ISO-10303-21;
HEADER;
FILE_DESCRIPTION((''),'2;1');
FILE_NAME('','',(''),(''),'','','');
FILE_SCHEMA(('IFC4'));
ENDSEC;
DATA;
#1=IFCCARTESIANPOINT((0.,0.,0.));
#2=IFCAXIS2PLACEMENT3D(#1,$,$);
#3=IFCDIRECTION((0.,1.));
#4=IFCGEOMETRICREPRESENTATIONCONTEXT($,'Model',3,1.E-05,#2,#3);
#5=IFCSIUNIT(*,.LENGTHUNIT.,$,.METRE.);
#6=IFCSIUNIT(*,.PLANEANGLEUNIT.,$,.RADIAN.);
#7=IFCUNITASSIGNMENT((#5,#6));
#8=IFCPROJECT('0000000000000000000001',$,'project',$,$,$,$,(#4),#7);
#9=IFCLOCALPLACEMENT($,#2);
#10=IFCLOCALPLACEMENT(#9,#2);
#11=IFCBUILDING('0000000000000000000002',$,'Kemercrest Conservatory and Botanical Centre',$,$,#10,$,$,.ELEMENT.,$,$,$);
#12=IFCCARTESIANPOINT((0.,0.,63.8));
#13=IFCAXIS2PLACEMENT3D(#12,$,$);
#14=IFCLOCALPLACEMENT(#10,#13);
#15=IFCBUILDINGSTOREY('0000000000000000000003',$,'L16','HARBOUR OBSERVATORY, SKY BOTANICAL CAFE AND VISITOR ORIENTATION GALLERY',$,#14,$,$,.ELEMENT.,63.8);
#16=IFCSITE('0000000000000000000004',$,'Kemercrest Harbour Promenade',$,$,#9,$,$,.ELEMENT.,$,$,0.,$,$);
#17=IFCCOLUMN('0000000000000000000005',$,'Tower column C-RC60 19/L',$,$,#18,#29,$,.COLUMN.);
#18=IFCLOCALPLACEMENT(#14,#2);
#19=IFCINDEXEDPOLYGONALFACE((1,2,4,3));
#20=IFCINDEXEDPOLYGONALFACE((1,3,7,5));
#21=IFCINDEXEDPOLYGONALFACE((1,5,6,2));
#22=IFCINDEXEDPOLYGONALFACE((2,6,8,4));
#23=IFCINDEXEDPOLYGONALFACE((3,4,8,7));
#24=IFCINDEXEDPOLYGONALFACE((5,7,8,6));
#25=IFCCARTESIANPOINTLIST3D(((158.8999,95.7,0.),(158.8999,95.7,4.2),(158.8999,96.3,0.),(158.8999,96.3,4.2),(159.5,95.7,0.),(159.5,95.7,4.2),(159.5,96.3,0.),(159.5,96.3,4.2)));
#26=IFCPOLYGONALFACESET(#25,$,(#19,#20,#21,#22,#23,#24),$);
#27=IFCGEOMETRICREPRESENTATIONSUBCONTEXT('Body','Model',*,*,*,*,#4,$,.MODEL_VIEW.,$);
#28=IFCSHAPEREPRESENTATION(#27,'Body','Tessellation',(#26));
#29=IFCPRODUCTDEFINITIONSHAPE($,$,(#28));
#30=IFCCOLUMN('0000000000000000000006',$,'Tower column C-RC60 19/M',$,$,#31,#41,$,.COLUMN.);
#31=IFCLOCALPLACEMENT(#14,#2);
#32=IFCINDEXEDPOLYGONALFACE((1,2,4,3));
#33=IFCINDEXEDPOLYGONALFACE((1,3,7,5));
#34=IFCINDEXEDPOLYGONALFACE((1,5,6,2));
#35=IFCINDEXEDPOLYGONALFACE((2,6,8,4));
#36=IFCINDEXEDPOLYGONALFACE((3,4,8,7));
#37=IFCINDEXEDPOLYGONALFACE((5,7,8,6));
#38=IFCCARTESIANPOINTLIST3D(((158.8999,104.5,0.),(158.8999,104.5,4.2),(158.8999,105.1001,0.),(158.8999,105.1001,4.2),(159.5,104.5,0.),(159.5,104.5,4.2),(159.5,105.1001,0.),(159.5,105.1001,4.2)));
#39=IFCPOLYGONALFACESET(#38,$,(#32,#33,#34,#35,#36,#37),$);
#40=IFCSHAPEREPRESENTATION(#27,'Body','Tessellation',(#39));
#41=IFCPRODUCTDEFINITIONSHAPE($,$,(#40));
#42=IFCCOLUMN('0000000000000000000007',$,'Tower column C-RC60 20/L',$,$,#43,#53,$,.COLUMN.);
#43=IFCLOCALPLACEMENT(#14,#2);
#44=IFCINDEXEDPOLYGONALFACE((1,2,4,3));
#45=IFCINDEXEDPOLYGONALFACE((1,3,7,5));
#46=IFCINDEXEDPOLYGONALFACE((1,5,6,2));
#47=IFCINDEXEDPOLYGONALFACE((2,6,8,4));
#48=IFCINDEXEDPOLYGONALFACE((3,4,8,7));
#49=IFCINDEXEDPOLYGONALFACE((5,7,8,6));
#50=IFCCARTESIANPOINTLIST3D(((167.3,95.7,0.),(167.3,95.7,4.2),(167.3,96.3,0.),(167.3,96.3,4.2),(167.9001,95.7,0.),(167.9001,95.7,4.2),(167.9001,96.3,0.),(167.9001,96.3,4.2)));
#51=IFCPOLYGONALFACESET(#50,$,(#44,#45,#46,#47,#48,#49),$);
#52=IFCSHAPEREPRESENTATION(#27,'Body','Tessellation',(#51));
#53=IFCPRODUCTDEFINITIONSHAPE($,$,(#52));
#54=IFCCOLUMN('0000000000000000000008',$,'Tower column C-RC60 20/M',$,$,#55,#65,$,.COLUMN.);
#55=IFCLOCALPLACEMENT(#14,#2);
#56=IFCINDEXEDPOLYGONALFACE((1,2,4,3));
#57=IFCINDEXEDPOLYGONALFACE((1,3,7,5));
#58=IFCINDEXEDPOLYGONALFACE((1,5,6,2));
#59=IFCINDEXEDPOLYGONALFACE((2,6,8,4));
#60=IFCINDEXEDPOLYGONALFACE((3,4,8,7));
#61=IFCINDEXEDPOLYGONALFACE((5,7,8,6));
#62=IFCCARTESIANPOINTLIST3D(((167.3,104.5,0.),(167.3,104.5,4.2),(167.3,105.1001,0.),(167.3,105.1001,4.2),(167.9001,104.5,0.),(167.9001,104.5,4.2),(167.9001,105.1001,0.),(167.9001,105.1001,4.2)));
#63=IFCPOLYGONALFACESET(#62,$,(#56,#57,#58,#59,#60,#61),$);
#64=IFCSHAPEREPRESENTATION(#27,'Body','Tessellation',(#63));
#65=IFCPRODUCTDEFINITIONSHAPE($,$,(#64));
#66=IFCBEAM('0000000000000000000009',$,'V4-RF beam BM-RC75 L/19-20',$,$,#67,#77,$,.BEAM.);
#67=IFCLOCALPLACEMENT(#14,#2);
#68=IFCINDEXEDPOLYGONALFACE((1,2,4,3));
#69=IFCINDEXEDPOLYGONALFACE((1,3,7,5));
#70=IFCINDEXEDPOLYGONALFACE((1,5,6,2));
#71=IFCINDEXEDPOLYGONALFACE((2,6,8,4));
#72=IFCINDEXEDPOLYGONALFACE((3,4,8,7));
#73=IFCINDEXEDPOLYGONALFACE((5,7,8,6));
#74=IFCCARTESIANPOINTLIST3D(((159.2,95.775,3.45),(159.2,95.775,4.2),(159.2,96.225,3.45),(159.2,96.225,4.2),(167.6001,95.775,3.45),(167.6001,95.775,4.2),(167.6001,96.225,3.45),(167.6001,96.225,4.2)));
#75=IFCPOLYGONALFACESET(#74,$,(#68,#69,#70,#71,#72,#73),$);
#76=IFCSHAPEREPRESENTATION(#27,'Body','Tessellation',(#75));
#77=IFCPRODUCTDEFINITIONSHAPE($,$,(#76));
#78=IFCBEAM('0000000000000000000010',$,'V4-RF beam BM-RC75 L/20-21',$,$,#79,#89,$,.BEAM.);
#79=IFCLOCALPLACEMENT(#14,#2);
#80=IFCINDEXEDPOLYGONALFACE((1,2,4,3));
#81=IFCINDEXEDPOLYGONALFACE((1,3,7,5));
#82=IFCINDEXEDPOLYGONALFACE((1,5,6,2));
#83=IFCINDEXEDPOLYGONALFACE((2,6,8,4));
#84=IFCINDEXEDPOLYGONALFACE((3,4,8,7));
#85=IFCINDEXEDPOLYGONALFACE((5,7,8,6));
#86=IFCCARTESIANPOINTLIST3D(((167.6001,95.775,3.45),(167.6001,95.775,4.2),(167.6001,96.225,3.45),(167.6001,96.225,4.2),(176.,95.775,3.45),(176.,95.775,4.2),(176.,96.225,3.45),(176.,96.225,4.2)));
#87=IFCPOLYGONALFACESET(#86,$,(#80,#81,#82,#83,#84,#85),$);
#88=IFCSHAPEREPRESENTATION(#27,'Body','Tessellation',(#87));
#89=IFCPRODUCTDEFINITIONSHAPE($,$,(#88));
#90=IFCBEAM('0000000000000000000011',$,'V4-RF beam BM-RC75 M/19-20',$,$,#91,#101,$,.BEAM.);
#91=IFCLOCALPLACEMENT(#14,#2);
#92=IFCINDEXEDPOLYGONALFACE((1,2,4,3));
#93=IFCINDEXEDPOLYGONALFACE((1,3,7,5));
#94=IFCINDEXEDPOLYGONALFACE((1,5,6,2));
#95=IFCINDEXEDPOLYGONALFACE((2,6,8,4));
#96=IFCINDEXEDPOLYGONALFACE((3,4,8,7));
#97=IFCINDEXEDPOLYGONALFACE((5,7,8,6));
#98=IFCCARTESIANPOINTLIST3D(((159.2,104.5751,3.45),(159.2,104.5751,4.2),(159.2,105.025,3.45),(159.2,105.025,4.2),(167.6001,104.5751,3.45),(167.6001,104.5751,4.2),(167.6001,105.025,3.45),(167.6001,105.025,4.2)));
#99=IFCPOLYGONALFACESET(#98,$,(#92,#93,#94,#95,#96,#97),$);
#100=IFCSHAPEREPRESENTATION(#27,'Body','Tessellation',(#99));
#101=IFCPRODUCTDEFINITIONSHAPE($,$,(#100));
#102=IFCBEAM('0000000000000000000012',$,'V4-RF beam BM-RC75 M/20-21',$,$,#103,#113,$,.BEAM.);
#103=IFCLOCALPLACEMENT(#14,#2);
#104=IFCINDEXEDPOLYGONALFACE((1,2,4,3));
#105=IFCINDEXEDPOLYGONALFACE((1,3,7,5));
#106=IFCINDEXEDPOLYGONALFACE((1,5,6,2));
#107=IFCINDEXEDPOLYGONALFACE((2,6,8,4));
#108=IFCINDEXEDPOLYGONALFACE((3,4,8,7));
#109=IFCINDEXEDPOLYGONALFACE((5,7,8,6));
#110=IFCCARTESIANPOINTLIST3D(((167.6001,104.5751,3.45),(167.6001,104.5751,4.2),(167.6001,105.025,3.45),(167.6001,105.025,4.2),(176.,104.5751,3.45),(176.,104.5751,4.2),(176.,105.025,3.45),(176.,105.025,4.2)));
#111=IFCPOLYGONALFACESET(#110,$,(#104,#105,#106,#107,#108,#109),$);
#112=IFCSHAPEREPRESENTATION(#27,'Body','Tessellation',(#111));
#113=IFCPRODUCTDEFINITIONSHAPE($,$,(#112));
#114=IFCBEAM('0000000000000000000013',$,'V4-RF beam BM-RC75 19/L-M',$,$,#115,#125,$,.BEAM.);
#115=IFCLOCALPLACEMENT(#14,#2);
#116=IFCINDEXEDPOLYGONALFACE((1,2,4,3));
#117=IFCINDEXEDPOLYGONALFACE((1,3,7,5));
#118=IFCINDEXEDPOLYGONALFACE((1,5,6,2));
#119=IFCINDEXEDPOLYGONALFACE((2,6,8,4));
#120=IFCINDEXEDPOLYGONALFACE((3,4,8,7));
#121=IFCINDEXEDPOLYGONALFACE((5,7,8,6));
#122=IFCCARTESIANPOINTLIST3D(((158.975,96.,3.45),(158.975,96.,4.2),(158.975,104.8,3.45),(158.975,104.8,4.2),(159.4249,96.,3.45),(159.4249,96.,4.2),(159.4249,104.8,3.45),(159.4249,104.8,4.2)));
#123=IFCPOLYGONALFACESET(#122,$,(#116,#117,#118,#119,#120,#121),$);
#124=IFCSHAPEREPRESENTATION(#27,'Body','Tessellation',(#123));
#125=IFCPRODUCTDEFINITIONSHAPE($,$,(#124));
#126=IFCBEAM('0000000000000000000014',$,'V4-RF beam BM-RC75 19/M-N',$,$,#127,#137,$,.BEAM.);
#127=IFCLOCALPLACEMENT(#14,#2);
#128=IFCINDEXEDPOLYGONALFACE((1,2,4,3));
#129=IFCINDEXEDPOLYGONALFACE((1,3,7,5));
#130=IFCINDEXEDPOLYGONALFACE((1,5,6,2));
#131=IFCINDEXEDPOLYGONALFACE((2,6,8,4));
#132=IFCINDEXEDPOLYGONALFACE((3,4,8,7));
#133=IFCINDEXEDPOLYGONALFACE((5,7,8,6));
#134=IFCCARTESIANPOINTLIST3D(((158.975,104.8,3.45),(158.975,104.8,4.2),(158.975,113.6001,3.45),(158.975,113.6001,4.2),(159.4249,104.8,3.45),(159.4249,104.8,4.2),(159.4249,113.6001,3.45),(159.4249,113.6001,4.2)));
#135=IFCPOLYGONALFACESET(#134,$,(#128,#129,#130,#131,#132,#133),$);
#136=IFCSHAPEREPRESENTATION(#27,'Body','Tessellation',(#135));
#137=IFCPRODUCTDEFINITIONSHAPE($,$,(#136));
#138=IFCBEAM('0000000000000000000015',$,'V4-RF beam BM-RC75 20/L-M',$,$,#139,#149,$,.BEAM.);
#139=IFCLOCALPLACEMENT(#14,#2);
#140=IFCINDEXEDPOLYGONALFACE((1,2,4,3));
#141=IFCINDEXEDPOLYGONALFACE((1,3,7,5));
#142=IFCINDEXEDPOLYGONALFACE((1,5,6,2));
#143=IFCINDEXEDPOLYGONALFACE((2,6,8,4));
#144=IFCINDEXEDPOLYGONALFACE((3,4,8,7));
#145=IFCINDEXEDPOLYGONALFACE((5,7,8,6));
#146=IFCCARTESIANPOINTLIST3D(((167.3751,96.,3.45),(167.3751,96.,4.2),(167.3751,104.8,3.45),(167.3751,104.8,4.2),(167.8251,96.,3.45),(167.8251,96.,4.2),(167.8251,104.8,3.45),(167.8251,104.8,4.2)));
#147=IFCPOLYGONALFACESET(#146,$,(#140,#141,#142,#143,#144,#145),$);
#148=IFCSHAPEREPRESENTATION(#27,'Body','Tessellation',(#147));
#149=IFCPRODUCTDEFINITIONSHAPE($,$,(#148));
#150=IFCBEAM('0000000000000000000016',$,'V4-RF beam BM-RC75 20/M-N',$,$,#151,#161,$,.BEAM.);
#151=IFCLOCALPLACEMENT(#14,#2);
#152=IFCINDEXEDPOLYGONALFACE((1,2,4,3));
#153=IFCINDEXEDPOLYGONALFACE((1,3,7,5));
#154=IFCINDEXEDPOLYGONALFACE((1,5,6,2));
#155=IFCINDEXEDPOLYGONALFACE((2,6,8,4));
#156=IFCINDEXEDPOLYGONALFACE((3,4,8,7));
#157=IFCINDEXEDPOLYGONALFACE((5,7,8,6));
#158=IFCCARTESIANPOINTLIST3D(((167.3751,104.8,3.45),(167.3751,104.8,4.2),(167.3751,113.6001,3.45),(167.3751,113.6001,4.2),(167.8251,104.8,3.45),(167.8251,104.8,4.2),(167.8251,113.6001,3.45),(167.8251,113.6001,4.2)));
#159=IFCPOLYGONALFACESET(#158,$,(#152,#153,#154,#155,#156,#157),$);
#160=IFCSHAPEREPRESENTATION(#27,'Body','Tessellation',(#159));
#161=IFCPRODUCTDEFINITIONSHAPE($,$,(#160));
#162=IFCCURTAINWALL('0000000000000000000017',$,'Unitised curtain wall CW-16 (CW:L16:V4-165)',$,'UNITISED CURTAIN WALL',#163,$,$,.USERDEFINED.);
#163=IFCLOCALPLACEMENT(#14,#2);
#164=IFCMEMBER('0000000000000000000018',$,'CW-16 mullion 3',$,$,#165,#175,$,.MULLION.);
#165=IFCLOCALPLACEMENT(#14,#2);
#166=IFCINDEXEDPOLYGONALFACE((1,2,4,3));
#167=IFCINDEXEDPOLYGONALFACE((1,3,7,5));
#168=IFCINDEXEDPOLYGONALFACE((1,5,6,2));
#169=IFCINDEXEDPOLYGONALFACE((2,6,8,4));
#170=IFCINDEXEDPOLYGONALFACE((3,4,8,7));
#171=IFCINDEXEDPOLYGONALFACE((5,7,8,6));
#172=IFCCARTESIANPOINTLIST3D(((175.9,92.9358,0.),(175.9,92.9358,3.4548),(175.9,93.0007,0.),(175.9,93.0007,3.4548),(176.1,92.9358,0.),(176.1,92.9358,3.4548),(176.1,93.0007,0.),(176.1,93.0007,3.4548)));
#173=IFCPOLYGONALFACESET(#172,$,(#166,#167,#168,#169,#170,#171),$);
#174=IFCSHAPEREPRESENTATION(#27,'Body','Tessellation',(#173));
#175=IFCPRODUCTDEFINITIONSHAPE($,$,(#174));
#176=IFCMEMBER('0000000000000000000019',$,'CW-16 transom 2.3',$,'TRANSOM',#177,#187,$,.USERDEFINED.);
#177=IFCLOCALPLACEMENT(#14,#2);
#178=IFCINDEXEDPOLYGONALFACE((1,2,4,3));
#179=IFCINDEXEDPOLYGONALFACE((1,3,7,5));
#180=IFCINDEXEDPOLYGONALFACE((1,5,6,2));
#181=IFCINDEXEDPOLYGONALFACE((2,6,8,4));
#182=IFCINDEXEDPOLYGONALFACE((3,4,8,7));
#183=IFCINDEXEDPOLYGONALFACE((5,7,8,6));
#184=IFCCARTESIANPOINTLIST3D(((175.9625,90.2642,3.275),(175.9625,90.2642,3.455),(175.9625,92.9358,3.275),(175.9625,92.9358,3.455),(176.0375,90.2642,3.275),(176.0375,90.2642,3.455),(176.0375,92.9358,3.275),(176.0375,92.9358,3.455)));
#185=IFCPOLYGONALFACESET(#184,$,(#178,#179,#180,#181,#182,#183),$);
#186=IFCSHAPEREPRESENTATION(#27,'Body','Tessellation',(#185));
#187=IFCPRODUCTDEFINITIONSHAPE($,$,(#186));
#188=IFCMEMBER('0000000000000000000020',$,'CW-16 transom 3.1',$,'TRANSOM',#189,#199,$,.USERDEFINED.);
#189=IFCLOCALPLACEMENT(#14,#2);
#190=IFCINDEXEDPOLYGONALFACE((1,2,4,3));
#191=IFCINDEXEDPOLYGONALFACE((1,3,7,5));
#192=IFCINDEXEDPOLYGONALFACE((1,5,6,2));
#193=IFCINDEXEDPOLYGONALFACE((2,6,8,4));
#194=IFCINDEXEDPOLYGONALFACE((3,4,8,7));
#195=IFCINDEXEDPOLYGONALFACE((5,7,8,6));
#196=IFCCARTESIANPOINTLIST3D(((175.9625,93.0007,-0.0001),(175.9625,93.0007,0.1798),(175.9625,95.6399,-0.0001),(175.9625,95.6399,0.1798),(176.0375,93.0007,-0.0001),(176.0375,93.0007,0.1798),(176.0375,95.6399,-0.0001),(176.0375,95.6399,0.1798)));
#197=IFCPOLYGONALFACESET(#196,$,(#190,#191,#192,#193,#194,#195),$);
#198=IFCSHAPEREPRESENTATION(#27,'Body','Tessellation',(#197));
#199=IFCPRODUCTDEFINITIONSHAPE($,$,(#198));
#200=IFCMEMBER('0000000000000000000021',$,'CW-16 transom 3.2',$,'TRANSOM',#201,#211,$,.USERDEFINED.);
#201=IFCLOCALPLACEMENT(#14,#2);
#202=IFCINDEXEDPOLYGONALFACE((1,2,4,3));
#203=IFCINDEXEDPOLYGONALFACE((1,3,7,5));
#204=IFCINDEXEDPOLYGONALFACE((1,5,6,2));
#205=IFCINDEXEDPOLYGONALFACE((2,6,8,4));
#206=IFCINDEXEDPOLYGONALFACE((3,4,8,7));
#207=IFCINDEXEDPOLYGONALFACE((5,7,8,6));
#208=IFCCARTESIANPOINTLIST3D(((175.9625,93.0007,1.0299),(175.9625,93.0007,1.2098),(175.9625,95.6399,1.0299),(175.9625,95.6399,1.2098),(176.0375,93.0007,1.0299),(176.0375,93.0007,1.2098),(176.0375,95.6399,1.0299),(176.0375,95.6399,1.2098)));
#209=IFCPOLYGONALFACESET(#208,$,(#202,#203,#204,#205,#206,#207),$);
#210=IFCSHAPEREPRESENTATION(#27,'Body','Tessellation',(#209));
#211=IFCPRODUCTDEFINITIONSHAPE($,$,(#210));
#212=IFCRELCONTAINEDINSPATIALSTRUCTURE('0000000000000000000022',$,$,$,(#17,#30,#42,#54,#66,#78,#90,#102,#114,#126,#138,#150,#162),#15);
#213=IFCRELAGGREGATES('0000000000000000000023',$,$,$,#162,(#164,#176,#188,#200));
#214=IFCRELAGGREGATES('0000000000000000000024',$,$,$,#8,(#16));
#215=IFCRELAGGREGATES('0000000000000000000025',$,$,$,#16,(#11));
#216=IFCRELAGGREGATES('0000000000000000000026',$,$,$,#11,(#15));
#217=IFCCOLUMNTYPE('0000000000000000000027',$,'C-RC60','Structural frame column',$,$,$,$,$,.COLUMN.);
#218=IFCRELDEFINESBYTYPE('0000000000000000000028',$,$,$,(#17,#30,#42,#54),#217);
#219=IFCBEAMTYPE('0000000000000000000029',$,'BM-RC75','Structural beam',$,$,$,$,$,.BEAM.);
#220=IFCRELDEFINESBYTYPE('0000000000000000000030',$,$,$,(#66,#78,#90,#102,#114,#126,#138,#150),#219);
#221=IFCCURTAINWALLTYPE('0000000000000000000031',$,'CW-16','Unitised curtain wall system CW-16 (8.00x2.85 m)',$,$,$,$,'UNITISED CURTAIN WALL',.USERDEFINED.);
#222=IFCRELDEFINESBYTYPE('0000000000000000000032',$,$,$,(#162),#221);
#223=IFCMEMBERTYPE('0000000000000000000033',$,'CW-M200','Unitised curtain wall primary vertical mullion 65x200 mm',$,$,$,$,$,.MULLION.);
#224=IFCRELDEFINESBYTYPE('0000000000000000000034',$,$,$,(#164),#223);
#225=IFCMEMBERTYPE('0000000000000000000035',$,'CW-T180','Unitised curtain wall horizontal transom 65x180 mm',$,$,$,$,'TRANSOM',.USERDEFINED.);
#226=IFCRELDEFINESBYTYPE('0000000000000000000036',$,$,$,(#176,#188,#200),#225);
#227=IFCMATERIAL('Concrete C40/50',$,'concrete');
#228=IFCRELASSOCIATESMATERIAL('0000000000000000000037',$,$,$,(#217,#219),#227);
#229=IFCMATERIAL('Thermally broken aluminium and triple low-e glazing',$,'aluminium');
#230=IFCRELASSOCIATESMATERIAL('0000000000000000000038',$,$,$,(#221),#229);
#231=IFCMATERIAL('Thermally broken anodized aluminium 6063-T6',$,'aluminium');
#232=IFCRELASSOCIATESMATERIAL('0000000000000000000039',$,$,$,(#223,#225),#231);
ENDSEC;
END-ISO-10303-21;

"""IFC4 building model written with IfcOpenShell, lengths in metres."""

from ifc_helpers import new_model, si_unit, direction, frame, origin, origin_2d, place, context, subcontext, project, spatial, rectangle, extrude, material, material_profile, profile_set, type_object, element, aggregate, save


model = new_model("IFC4")

# Units and contexts
model_context = context("Model", 3, precision=1e-05, world=origin(), true_north=direction((0.0, 1.0)))
body_context = subcontext(model_context, "Body", "Model", "MODEL_VIEW")
ifc_project = project(units=[si_unit("LENGTHUNIT", "METRE"), si_unit("PLANEANGLEUNIT", "RADIAN")], contexts=[model_context])

# Site, building, storey
site_placement = place(None, origin())
site = spatial("IfcSite", under=ifc_project, at=site_placement, Name="Kemercrest Harbour Promenade", CompositionType="ELEMENT", RefElevation=0.0)
building_placement = place(site_placement, origin())
building = spatial("IfcBuilding", under=site, at=building_placement, Name="Kemercrest Conservatory and Botanical Centre", CompositionType="ELEMENT")
storey_placement = place(building_placement, frame((0.0, 0.0, 63.8)))
storey = spatial("IfcBuildingStorey", under=building, at=storey_placement, Name="L16", Description="HARBOUR OBSERVATORY, SKY BOTANICAL CAFE AND VISITOR ORIENTATION GALLERY", CompositionType="ELEMENT", Elevation=63.8)

# Columns
ifc_material_1 = material(Name="Concrete C40/50", Category="concrete")
ifc_material_profile_1 = material_profile(ifc_material_1, rectangle(XDim=0.6001, YDim=0.6001, at=origin_2d()), Name="RC 600x600")
ifc_profile_set_1 = profile_set([ifc_material_profile_1], Name="Concrete C40/50")
column_type = type_object("IfcColumnType", Name="C-RC60", Description="Structural frame column", PredefinedType="COLUMN", material=ifc_profile_set_1)
for number, where, z_axis, x_axis, name in (
    (1, (159.2, 96.0, 0.0), (0.0, 0.0, 1.0), (1.0, 0.0, 0.0), "Tower column C-RC60 19/L"),
    (2, (159.2, 104.8, 0.0), (0.0, 0.0, 1.0), (1.0, 0.0, 0.0), "Tower column C-RC60 19/M"),
    (3, (167.6001, 96.0, 0.0), (0.0, 0.0, 1.0), (1.0, 0.0, 0.0), "Tower column C-RC60 20/L"),
    (4, (167.6001, 104.8, 0.0), (0.0, 0.0, 1.0), (1.0, 0.0, 0.0), "Tower column C-RC60 20/M"),
):
    element("IfcColumn", number, at=place(storey_placement, frame(where, z_axis=z_axis, x_axis=x_axis)), inside=storey, type_object=column_type, Name=name, PredefinedType="COLUMN", context=body_context, shape_type="SweptSolid", body=[
        extrude(rectangle(XDim=0.6001, YDim=0.6001, at=origin_2d()), origin(), (0.0, 0.0, 1.0), 4.2),
    ])

# Beams
ifc_material_profile_2 = material_profile(ifc_material_1, rectangle(XDim=0.45, YDim=0.75, at=origin_2d()), Name="RC 450x750")
ifc_profile_set_2 = profile_set([ifc_material_profile_2], Name="Concrete C40/50")
beam_type_1 = type_object("IfcBeamType", Name="BM-RC75", Description="Structural beam", PredefinedType="BEAM", material=ifc_profile_set_2)
beam_1_placement = place(storey_placement, frame((159.2, 96.0, 3.825), z_axis=(1.0, 0.0, 0.0), x_axis=(0.0, 1.0, 0.0)))
element("IfcBeam", 5, at=beam_1_placement, inside=storey, type_object=beam_type_1, Name="V4-RF beam BM-RC75 L/19-20", PredefinedType="BEAM", context=body_context, shape_type="SweptSolid", body=[
    extrude(rectangle(XDim=0.45, YDim=0.75, at=origin_2d()), origin(), (0.0, 0.0, 1.0), 8.4001),
])
beam_2_placement = place(storey_placement, frame((167.6001, 96.0, 3.825), z_axis=(1.0, 0.0, 0.0), x_axis=(0.0, 1.0, 0.0)))
element("IfcBeam", 6, at=beam_2_placement, inside=storey, type_object=beam_type_1, Name="V4-RF beam BM-RC75 L/20-21", PredefinedType="BEAM", context=body_context, shape_type="SweptSolid", body=[
    extrude(rectangle(XDim=0.45, YDim=0.75, at=origin_2d()), origin(), (0.0, 0.0, 1.0), 8.3999),
])
beam_3_placement = place(storey_placement, frame((159.2, 104.8, 3.825), z_axis=(1.0, 0.0, 0.0), x_axis=(0.0, 1.0, 0.0)))
element("IfcBeam", 7, at=beam_3_placement, inside=storey, type_object=beam_type_1, Name="V4-RF beam BM-RC75 M/19-20", PredefinedType="BEAM", context=body_context, shape_type="SweptSolid", body=[
    extrude(rectangle(XDim=0.45, YDim=0.75, at=origin_2d()), origin(), (0.0, 0.0, 1.0), 8.4001),
])
beam_4_placement = place(storey_placement, frame((167.6001, 104.8, 3.825), z_axis=(1.0, 0.0, 0.0), x_axis=(0.0, 1.0, 0.0)))
element("IfcBeam", 8, at=beam_4_placement, inside=storey, type_object=beam_type_1, Name="V4-RF beam BM-RC75 M/20-21", PredefinedType="BEAM", context=body_context, shape_type="SweptSolid", body=[
    extrude(rectangle(XDim=0.45, YDim=0.75, at=origin_2d()), origin(), (0.0, 0.0, 1.0), 8.3999),
])
for number, where, z_axis, x_axis, name in (
    (9, (159.2, 96.0, 3.825), (0.0, 1.0, 0.0), (-1.0, 0.0, 0.0), "V4-RF beam BM-RC75 19/L-M"),
    (10, (159.2, 104.8, 3.825), (0.0, 1.0, 0.0), (-1.0, 0.0, 0.0), "V4-RF beam BM-RC75 19/M-N"),
    (11, (167.6001, 96.0, 3.825), (0.0, 1.0, 0.0), (-1.0, 0.0, 0.0), "V4-RF beam BM-RC75 20/L-M"),
    (12, (167.6001, 104.8, 3.825), (0.0, 1.0, 0.0), (-1.0, 0.0, 0.0), "V4-RF beam BM-RC75 20/M-N"),
):
    element("IfcBeam", number, at=place(storey_placement, frame(where, z_axis=z_axis, x_axis=x_axis)), inside=storey, type_object=beam_type_1, Name=name, PredefinedType="BEAM", context=body_context, shape_type="SweptSolid", body=[
        extrude(rectangle(XDim=0.45, YDim=0.75, at=origin_2d()), origin(), (0.0, 0.0, 1.0), 8.8),
    ])

# Curtain wall, members
ifc_material_2 = material(Name="Thermally broken aluminium and triple low-e glazing", Category="aluminium")
curtain_wall_type = type_object("IfcCurtainWallType", Name="CW-16", Description="Unitised curtain wall system CW-16 (8.00x2.85 m)", ElementType="UNITISED CURTAIN WALL", PredefinedType="USERDEFINED", material=ifc_material_2)
curtain_wall_placement = place(storey_placement, origin())
curtain_wall = element("IfcCurtainWall", 13, at=curtain_wall_placement, inside=storey, type_object=curtain_wall_type, Name="Unitised curtain wall CW-16 (CW:L16:V4-165)", ObjectType="UNITISED CURTAIN WALL", PredefinedType="USERDEFINED")
ifc_material_3 = material(Name="Thermally broken anodized aluminium 6063-T6", Category="aluminium")
ifc_material_profile_3 = material_profile(ifc_material_3, rectangle(XDim=0.2, YDim=0.0649, at=origin_2d()), Name="AL MULLION 65x200")
ifc_profile_set_3 = profile_set([ifc_material_profile_3], Name="Thermally broken anodized aluminium 6063-T6")
member_type_1 = type_object("IfcMemberType", Name="CW-M200", Description="Unitised curtain wall primary vertical mullion 65x200 mm", PredefinedType="MULLION", material=ifc_profile_set_3)
member_1_placement = place(storey_placement, frame((176.0, 92.9683, 0.0), z_axis=(0.0, 0.0, 1.0), x_axis=(-1.0, 0.0, 0.0)))
member_1 = element("IfcMember", 14, at=member_1_placement, type_object=member_type_1, Name="CW-16 mullion 3", PredefinedType="MULLION", context=body_context, shape_type="SweptSolid", body=[
    extrude(rectangle(XDim=0.2, YDim=0.0649, at=origin_2d()), origin(), (0.0, 0.0, 1.0), 3.4548),
])
ifc_material_profile_4 = material_profile(ifc_material_3, rectangle(XDim=0.075, YDim=0.1799, at=origin_2d()), Name="AL TRANSOM 75x180")
ifc_profile_set_4 = profile_set([ifc_material_profile_4], Name="Thermally broken anodized aluminium 6063-T6")
member_type_2 = type_object("IfcMemberType", Name="CW-T180", Description="Unitised curtain wall horizontal transom 65x180 mm", ElementType="TRANSOM", PredefinedType="USERDEFINED", material=ifc_profile_set_4)
member_2_placement = place(storey_placement, frame((176.0, 90.2642, 3.365), z_axis=(0.0, 1.0, 0.0), x_axis=(-1.0, 0.0, 0.0)))
member_2 = element("IfcMember", 15, at=member_2_placement, type_object=member_type_2, Name="CW-16 transom 2.3", ObjectType="TRANSOM", PredefinedType="USERDEFINED", context=body_context, shape_type="SweptSolid", body=[
    extrude(rectangle(XDim=0.075, YDim=0.1799, at=origin_2d()), origin(), (0.0, 0.0, 1.0), 2.6716),
])
member_3_placement = place(storey_placement, frame((176.0, 93.0007, 0.0898), z_axis=(0.0, 1.0, 0.0), x_axis=(-1.0, 0.0, 0.0)))
member_3 = element("IfcMember", 16, at=member_3_placement, type_object=member_type_2, Name="CW-16 transom 3.1", ObjectType="TRANSOM", PredefinedType="USERDEFINED", context=body_context, shape_type="SweptSolid", body=[
    extrude(rectangle(XDim=0.075, YDim=0.1799, at=origin_2d()), origin(), (0.0, 0.0, 1.0), 2.6392),
])
member_4_placement = place(storey_placement, frame((176.0, 93.0007, 1.1199), z_axis=(0.0, 1.0, 0.0), x_axis=(-1.0, 0.0, 0.0)))
member_4 = element("IfcMember", 17, at=member_4_placement, type_object=member_type_2, Name="CW-16 transom 3.2", ObjectType="TRANSOM", PredefinedType="USERDEFINED", context=body_context, shape_type="SweptSolid", body=[
    extrude(rectangle(XDim=0.075, YDim=0.1799, at=origin_2d()), origin(), (0.0, 0.0, 1.0), 2.6392),
])

aggregate(curtain_wall, [member_1, member_2, member_3, member_4])

save(model, "model.ifc")
